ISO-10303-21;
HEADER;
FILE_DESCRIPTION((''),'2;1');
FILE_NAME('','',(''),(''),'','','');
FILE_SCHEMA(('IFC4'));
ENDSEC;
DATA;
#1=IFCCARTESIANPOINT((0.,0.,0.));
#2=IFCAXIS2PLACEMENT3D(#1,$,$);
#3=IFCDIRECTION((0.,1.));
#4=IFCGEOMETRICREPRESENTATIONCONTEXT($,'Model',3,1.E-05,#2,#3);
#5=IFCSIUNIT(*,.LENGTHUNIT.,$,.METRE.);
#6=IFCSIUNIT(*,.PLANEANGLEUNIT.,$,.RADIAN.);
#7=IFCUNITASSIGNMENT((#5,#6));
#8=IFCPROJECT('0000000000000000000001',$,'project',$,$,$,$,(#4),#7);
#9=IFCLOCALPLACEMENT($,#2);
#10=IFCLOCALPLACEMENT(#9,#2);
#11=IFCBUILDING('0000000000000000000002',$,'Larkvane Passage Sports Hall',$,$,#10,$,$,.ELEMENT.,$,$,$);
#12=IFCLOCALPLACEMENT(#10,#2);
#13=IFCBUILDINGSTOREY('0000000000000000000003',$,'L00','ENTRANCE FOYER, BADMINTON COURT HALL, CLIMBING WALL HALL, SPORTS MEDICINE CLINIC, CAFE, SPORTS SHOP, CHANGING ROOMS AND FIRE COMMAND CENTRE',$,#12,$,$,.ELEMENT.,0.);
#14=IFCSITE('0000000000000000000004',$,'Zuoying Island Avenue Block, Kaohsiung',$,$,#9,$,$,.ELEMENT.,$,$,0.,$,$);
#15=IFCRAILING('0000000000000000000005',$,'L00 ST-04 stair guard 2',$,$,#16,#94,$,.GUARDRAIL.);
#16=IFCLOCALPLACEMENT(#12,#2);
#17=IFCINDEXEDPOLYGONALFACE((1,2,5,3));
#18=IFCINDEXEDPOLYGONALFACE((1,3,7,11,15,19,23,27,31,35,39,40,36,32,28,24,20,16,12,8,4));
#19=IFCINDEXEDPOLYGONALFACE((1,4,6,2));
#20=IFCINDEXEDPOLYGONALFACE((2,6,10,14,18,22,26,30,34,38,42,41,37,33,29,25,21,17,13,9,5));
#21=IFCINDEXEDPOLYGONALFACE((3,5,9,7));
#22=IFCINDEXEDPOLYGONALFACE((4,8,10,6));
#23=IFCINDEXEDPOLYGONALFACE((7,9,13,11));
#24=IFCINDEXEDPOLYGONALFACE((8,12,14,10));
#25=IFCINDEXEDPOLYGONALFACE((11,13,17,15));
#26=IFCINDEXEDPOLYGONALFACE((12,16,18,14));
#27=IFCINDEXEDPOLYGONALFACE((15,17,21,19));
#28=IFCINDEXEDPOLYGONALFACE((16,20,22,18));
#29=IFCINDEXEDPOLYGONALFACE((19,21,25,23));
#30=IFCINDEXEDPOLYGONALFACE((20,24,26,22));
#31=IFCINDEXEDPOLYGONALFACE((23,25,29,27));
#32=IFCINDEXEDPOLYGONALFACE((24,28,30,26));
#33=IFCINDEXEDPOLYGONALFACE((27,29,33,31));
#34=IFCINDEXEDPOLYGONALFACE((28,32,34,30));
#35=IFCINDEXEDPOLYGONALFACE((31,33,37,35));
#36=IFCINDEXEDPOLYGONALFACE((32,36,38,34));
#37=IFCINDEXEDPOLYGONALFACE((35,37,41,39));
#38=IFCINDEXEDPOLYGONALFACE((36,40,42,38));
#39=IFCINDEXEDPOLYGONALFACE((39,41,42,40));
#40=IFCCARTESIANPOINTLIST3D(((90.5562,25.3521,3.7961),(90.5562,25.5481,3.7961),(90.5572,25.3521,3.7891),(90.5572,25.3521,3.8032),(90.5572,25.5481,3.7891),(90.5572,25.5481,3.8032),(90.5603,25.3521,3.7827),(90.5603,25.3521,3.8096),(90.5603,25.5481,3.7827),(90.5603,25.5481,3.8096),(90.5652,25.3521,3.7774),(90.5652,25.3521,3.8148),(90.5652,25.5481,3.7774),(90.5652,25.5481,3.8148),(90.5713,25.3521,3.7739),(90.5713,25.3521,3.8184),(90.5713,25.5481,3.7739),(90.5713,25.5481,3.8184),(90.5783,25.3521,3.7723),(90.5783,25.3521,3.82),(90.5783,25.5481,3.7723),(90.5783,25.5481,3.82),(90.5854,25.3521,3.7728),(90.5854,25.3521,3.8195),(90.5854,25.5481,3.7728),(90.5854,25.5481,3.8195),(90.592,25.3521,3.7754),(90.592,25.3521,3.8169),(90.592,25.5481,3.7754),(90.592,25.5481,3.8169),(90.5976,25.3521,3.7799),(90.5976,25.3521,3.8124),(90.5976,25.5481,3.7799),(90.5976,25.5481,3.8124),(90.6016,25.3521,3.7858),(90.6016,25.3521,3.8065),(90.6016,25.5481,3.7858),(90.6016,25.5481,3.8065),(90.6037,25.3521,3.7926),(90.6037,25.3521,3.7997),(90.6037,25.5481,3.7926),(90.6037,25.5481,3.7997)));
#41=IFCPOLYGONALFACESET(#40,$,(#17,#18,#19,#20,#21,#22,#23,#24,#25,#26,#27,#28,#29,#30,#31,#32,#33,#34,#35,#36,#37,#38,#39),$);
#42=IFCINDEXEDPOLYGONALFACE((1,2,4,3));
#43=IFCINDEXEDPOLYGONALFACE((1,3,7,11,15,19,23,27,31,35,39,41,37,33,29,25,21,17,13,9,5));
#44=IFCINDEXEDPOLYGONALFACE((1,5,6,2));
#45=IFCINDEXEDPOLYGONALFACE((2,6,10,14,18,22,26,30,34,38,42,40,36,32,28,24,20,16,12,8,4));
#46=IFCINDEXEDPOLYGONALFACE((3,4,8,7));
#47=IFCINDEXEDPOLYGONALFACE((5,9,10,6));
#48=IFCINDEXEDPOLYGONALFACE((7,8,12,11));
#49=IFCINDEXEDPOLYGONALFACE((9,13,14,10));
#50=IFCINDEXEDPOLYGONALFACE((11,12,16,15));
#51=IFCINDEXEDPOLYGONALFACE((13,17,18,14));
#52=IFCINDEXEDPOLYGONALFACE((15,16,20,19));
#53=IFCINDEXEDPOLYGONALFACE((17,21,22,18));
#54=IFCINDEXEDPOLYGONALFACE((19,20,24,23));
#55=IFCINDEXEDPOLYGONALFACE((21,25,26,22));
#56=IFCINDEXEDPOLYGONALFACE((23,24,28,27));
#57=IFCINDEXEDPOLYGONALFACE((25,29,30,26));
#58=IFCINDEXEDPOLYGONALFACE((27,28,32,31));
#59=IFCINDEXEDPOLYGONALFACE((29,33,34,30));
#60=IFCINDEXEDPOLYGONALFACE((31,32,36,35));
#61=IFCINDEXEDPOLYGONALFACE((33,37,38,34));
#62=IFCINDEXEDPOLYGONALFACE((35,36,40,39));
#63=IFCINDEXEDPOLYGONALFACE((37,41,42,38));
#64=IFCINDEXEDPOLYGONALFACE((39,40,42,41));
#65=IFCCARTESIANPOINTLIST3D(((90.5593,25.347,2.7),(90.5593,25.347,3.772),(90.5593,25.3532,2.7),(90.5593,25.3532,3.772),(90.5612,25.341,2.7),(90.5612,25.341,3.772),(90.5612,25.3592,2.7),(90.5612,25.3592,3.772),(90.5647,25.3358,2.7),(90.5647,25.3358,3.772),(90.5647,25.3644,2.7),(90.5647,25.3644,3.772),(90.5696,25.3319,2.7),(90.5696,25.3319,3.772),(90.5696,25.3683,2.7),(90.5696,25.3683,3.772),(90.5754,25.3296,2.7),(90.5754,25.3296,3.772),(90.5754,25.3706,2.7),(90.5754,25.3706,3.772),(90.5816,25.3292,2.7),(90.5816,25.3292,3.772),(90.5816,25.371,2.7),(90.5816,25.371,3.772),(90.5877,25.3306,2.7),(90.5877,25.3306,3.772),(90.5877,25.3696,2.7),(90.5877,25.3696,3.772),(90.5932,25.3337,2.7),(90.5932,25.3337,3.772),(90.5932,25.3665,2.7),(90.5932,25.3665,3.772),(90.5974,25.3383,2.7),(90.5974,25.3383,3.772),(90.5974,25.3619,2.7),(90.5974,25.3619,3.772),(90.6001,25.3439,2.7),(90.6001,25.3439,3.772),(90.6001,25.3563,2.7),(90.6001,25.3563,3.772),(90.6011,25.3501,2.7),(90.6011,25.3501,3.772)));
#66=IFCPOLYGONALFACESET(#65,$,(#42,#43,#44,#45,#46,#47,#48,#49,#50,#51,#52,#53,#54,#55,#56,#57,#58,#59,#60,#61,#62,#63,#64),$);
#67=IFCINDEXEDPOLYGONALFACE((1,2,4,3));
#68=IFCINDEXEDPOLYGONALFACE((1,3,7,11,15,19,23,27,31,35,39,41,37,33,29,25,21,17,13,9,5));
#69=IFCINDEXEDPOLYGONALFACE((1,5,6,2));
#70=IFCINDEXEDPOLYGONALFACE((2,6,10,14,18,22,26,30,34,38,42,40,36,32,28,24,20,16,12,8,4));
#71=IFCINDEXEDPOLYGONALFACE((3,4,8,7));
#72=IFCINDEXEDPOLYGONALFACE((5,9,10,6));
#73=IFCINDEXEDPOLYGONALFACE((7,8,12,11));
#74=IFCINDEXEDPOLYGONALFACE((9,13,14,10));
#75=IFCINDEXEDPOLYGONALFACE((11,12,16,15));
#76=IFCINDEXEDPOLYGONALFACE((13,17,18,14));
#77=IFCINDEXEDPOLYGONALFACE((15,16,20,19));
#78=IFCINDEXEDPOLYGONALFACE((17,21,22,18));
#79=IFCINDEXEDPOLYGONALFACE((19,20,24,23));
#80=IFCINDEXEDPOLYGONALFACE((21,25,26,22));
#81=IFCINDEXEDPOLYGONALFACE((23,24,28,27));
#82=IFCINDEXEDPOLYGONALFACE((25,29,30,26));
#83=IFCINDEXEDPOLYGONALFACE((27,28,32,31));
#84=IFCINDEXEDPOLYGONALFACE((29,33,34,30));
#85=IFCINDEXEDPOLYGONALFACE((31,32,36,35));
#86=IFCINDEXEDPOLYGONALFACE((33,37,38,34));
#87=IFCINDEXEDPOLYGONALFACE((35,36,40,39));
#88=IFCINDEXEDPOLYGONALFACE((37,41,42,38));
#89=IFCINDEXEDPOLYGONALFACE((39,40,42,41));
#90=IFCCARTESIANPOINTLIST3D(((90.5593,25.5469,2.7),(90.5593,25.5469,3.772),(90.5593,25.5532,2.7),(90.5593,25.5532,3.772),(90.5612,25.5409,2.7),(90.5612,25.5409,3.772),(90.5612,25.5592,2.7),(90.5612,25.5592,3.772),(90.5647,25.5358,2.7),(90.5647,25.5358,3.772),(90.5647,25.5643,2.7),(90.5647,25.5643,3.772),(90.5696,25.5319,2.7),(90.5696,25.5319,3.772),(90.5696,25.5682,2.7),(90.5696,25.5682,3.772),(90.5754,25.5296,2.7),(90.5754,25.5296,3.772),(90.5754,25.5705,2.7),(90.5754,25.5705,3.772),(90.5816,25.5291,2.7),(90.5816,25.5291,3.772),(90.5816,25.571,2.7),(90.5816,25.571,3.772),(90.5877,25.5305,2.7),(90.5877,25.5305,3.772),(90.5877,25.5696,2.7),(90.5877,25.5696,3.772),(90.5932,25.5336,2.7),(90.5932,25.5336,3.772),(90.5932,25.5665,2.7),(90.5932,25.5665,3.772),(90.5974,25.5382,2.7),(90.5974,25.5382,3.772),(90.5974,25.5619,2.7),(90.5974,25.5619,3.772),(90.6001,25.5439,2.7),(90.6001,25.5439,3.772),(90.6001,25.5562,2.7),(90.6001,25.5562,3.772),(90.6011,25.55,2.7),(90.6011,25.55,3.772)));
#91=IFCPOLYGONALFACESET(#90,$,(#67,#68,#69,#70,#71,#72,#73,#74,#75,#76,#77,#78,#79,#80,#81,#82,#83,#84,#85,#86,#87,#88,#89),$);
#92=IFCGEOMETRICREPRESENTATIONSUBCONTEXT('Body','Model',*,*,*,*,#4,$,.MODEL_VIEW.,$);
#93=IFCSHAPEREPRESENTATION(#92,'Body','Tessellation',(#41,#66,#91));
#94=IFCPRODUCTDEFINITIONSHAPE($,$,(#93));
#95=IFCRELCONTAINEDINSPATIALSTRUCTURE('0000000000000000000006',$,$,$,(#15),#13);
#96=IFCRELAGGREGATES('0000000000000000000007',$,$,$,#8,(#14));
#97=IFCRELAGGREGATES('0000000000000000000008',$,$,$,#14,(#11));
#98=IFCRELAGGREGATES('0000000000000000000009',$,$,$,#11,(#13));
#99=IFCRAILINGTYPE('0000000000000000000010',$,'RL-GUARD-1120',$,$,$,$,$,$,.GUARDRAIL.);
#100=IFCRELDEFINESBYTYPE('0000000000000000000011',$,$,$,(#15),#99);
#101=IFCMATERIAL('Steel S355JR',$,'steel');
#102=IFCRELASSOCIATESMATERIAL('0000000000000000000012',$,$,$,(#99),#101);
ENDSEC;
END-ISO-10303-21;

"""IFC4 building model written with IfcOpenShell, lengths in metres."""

from ifc_helpers import new_model, si_unit, direction, frame, origin, origin_2d, place, context, subcontext, project, spatial, circle, extrude, material, type_object, element, save


model = new_model("IFC4")

# Units and contexts
model_context = context("Model", 3, precision=1e-05, world=origin(), true_north=direction((0.0, 1.0)))
body_context = subcontext(model_context, "Body", "Model", "MODEL_VIEW")
ifc_project = project(units=[si_unit("LENGTHUNIT", "METRE"), si_unit("PLANEANGLEUNIT", "RADIAN")], contexts=[model_context])

# Site, building, storey
site_placement = place(None, origin())
site = spatial("IfcSite", under=ifc_project, at=site_placement, Name="Zuoying Island Avenue Block, Kaohsiung", CompositionType="ELEMENT", RefElevation=0.0)
building_placement = place(site_placement, origin())
building = spatial("IfcBuilding", under=site, at=building_placement, Name="Larkvane Passage Sports Hall", CompositionType="ELEMENT")
storey_placement = place(building_placement, origin())
storey = spatial("IfcBuildingStorey", under=building, at=storey_placement, Name="L00", Description="ENTRANCE FOYER, BADMINTON COURT HALL, CLIMBING WALL HALL, SPORTS MEDICINE CLINIC, CAFE, SPORTS SHOP, CHANGING ROOMS AND FIRE COMMAND CENTRE", CompositionType="ELEMENT", Elevation=0.0)

# Railing
ifc_material_1 = material(Name="Steel S355JR", Category="steel")
railing_type_1 = type_object("IfcRailingType", Name="RL-GUARD-1120", PredefinedType="GUARDRAIL", material=ifc_material_1)
railing_1_placement = place(storey_placement, frame((90.5801, 25.3501, 2.7)))
element("IfcRailing", 1, at=railing_1_placement, inside=storey, type_object=railing_type_1, Name="L00 ST-04 stair guard 2", PredefinedType="GUARDRAIL", context=body_context, shape_type="SweptSolid", body=[
    extrude(circle(Radius=0.0239, at=origin_2d()), frame((0.0, 0.002, 1.0962), z_axis=(0.0, 1.0, 0.0), x_axis=(-1.0, 0.0, 0.0)), (0.0, 0.0, 1.0), 0.196),
    extrude(circle(Radius=0.021, at=origin_2d()), origin(), (0.0, 0.0, 1.0), 1.072),
    extrude(circle(Radius=0.021, at=origin_2d()), frame((0.0, 0.2, 0.0)), (0.0, 0.0, 1.0), 1.072),
])

save(model, "model.ifc")
